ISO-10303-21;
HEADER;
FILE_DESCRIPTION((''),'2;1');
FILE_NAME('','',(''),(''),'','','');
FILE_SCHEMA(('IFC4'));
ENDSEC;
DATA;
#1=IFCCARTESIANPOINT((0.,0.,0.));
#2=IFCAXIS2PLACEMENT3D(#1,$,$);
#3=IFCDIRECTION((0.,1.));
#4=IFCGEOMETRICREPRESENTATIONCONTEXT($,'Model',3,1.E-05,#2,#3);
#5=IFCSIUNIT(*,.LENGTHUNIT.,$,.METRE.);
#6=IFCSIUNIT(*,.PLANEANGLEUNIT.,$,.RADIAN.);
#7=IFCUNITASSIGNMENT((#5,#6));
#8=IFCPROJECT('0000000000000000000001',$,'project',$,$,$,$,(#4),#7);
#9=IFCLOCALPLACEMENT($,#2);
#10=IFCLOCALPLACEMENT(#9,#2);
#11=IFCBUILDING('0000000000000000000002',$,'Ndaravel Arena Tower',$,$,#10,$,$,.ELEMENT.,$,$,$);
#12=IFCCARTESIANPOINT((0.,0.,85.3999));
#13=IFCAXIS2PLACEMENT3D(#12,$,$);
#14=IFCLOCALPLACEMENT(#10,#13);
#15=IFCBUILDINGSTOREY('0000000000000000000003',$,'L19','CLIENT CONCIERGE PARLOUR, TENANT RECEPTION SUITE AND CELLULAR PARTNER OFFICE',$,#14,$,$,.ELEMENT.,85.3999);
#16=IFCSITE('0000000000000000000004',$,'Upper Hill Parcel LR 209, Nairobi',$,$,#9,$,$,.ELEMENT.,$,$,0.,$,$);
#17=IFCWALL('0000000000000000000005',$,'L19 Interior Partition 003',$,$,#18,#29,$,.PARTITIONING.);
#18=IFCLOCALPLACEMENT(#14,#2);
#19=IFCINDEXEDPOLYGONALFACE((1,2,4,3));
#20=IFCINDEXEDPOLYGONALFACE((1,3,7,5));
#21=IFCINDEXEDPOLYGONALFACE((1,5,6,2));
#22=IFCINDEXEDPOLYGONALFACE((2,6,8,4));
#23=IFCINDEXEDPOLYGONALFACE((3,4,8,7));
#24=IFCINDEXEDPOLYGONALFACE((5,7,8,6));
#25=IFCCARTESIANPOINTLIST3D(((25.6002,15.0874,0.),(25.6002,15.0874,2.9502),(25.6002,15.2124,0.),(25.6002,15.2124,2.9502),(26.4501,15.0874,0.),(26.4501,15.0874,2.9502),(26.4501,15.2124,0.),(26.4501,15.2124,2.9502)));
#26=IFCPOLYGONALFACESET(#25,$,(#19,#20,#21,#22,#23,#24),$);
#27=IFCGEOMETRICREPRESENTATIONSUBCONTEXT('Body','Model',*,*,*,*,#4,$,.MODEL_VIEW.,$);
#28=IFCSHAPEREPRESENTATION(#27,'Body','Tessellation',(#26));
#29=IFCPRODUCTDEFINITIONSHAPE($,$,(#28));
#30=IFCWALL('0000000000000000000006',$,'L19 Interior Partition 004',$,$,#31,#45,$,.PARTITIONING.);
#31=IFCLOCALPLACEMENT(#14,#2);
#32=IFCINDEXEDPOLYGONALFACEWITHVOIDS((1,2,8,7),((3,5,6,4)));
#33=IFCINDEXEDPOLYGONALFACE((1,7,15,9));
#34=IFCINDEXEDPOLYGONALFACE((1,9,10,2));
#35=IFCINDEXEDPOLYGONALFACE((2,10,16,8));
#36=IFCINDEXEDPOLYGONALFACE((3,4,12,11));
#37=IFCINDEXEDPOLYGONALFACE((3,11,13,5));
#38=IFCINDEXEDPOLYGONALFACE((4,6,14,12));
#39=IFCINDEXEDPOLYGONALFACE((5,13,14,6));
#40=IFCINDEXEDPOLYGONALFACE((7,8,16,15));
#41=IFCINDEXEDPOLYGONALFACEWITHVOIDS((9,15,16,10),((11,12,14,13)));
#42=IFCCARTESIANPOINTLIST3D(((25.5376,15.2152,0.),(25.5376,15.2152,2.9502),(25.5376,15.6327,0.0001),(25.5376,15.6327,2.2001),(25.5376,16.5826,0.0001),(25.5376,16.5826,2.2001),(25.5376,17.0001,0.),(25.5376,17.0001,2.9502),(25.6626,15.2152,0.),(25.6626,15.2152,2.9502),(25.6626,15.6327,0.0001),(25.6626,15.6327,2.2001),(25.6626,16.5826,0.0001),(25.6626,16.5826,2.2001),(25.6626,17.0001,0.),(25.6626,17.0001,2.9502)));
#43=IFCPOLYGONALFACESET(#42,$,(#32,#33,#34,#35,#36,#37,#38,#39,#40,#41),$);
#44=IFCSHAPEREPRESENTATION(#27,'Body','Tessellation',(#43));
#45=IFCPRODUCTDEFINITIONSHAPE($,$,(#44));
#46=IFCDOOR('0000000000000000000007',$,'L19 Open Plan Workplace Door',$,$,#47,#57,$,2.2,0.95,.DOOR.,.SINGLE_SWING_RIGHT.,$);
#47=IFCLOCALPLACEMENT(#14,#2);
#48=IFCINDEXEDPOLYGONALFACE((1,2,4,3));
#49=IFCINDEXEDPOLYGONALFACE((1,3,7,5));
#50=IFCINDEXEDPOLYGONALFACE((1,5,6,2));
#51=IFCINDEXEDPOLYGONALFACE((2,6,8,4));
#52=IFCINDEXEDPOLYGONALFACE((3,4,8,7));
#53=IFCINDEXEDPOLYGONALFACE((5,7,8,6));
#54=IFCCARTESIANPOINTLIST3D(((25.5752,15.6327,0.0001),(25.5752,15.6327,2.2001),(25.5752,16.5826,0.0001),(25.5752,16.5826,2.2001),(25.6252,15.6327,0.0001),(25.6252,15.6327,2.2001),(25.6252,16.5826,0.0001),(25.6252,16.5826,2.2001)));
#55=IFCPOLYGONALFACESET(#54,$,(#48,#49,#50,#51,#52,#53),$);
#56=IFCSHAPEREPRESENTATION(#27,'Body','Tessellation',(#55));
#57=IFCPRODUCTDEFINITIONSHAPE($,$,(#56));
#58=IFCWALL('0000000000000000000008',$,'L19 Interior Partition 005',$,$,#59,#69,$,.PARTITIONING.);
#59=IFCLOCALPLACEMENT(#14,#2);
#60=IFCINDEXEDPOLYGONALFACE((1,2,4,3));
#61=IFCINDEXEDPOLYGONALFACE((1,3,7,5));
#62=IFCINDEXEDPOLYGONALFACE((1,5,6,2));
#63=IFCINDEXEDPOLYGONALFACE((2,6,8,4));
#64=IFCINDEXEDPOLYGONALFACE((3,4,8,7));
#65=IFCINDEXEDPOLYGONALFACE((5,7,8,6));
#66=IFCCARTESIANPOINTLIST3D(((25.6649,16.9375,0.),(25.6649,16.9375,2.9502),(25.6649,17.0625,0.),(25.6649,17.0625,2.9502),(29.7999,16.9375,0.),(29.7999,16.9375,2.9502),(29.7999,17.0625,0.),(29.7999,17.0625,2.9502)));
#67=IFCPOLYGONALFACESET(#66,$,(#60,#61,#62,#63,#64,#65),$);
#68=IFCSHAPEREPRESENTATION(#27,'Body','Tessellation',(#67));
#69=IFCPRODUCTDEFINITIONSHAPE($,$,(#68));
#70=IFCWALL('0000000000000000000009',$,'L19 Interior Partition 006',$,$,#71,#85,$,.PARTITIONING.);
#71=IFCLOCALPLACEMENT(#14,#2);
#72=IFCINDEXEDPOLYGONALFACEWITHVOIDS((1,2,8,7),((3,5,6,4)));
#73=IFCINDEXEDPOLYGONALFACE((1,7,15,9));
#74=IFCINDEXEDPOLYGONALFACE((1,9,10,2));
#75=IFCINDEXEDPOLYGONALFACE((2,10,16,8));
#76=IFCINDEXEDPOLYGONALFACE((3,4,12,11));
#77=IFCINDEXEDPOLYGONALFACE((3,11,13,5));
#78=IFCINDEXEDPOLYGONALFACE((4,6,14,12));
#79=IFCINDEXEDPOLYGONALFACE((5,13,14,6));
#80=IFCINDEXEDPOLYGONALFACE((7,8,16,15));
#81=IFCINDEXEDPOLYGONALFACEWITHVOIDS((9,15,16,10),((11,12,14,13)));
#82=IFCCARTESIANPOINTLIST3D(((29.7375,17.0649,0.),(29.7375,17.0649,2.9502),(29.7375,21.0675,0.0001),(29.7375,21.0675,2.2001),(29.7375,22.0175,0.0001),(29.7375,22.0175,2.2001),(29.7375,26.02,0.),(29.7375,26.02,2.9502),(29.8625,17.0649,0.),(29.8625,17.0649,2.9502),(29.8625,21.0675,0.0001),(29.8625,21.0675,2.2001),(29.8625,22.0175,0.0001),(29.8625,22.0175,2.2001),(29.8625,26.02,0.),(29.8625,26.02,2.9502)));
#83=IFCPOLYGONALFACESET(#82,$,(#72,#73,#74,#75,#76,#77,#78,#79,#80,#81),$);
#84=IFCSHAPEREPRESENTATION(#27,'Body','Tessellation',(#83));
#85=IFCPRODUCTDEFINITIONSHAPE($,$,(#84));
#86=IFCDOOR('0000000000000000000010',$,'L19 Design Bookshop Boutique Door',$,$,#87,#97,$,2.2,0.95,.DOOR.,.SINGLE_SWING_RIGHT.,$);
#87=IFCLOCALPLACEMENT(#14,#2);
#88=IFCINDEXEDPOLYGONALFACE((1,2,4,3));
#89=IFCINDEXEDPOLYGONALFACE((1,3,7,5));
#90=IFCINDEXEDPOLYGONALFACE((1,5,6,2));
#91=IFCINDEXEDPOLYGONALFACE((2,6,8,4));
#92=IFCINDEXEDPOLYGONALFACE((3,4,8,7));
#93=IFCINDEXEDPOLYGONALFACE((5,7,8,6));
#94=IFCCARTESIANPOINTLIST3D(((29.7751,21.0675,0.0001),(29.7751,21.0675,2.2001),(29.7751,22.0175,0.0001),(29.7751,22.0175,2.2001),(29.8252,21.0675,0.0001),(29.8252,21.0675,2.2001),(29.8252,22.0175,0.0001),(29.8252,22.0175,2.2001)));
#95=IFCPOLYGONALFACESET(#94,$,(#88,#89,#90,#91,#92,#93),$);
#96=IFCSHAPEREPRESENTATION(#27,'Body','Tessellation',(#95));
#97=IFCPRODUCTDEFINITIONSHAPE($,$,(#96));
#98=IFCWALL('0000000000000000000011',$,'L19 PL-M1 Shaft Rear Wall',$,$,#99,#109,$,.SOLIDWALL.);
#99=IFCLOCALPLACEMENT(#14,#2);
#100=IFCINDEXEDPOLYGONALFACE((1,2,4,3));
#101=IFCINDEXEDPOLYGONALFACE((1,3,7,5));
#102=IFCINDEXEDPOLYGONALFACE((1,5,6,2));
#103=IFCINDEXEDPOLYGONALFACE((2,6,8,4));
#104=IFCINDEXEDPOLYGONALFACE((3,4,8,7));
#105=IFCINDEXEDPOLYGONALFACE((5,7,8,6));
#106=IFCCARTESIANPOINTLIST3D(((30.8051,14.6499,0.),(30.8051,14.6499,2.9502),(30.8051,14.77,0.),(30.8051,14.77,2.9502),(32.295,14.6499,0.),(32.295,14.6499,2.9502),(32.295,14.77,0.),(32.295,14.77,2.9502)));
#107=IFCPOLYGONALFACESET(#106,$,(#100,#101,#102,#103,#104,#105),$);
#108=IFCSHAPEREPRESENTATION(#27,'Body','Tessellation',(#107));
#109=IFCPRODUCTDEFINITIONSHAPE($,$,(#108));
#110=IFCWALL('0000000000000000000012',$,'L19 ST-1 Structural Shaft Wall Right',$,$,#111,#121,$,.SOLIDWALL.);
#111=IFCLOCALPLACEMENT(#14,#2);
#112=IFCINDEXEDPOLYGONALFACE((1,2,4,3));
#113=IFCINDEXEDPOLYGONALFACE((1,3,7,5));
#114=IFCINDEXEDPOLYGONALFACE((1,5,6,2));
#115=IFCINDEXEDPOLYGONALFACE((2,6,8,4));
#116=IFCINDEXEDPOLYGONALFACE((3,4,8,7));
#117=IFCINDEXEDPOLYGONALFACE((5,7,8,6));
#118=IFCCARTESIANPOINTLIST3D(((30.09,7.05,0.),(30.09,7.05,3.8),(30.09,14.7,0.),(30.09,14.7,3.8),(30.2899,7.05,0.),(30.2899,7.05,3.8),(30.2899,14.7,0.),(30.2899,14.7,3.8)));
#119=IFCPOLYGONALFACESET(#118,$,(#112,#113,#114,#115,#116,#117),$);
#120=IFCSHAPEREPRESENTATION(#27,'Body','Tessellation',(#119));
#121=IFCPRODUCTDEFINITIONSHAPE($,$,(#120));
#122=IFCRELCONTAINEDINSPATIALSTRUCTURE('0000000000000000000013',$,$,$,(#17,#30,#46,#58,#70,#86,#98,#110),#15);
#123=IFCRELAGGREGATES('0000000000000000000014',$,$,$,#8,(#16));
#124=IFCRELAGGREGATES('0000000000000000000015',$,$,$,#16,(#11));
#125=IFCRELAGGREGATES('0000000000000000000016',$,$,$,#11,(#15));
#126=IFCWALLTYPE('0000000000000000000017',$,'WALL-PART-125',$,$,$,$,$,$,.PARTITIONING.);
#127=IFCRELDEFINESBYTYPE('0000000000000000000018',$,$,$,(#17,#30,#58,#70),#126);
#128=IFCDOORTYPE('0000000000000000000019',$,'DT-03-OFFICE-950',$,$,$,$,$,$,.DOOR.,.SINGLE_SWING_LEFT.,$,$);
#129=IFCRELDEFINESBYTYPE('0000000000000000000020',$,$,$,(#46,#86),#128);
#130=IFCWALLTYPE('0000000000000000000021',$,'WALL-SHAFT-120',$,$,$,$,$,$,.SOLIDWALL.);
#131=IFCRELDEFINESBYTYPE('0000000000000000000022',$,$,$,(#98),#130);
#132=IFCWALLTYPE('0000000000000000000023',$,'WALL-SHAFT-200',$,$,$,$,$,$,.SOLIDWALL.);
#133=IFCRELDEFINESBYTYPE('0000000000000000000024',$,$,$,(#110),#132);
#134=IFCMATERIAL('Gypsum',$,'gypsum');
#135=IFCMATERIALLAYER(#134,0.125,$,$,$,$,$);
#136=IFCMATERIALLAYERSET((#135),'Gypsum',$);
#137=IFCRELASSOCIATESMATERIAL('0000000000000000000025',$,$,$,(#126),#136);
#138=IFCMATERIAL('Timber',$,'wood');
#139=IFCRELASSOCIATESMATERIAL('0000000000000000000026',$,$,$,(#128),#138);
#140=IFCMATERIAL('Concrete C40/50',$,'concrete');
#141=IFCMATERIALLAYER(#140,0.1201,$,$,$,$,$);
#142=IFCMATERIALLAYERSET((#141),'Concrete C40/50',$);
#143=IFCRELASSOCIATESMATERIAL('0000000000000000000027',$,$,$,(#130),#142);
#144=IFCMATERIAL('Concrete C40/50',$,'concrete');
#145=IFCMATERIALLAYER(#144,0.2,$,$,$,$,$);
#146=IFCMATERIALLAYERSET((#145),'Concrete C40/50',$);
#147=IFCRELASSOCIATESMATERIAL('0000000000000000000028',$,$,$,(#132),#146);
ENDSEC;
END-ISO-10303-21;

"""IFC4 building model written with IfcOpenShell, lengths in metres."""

from ifc_helpers import new_model, si_unit, direction, frame, frame_2d, origin, place, context, subcontext, project, spatial, rectangle, extrude, material, layer, layer_set, type_object, element, fill, save


model = new_model("IFC4")

# Units and contexts
model_context = context("Model", 3, precision=1e-05, world=origin(), true_north=direction((0.0, 1.0)))
body_context = subcontext(model_context, "Body", "Model", "MODEL_VIEW")
ifc_project = project(units=[si_unit("LENGTHUNIT", "METRE"), si_unit("PLANEANGLEUNIT", "RADIAN")], contexts=[model_context])

# Site, building, storey
site_placement = place(None, origin())
site = spatial("IfcSite", under=ifc_project, at=site_placement, Name="Upper Hill Parcel LR 209, Nairobi", CompositionType="ELEMENT", RefElevation=0.0)
building_placement = place(site_placement, origin())
building = spatial("IfcBuilding", under=site, at=building_placement, Name="Ndaravel Arena Tower", CompositionType="ELEMENT")
storey_placement = place(building_placement, frame((0.0, 0.0, 85.3999)))
storey = spatial("IfcBuildingStorey", under=building, at=storey_placement, Name="L19", Description="CLIENT CONCIERGE PARLOUR, TENANT RECEPTION SUITE AND CELLULAR PARTNER OFFICE", CompositionType="ELEMENT", Elevation=85.3999)

# Wall
ifc_material_1 = material(Name="Gypsum", Category="gypsum")
ifc_layer_1 = layer(ifc_material_1, 0.125)
ifc_layer_set_1 = layer_set([ifc_layer_1], Name="Gypsum")
wall_type_1 = type_object("IfcWallType", Name="WALL-PART-125", PredefinedType="PARTITIONING", material=ifc_layer_set_1)
wall_1_placement = place(storey_placement, frame((26.45, 15.1499, 0.0), z_axis=(0.0, 0.0, 1.0), x_axis=(-1.0, 0.0, 0.0)))
element("IfcWall", 1, at=wall_1_placement, inside=storey, type_object=wall_type_1, Name="L19 Interior Partition 003", PredefinedType="PARTITIONING", context=body_context, shape_type="SweptSolid", body=[
    extrude(rectangle(XDim=0.8499, YDim=0.125, at=frame_2d((0.4248, 0.0))), origin(), (0.0, 0.0, 1.0), 2.9502),
])

# Wall, opening, door
wall_2_placement = place(storey_placement, frame((25.6001, 15.2151, 0.0), z_axis=(0.0, 0.0, 1.0), x_axis=(0.0, 1.0, 0.0)))
wall_2 = element("IfcWall", 2, at=wall_2_placement, inside=storey, type_object=wall_type_1, Name="L19 Interior Partition 004", PredefinedType="PARTITIONING", context=body_context, shape_type="SweptSolid", body=[
    extrude(rectangle(XDim=1.7849, YDim=0.125, at=frame_2d((0.8926, 0.0))), origin(), (0.0, 0.0, 1.0), 2.9502),
])
opening_1_placement = place(wall_2_placement, frame((0.4175, 0.0, 0.0)))
opening_1 = element("IfcOpeningElement", 3, at=opening_1_placement, cuts=wall_2, PredefinedType="OPENING", context=body_context, shape_type="SweptSolid", body=[
    extrude(rectangle(XDim=0.95, YDim=2.2, at=frame_2d((0.4751, 1.1001))), frame((0.0, 0.0625, 0.0), z_axis=(0.0, -1.0, 0.0), x_axis=(1.0, 0.0, 0.0)), (0.0, 0.0, 1.0), 0.125),
])
ifc_material_2 = material(Name="Timber", Category="wood")
door_type_1 = type_object("IfcDoorType", Name="DT-03-OFFICE-950", OperationType="SINGLE_SWING_LEFT", PredefinedType="DOOR", material=ifc_material_2)
door_1_placement = place(opening_1_placement, origin())
door_1 = element("IfcDoor", 4, at=door_1_placement, inside=storey, type_object=door_type_1, Name="L19 Open Plan Workplace Door", OperationType="SINGLE_SWING_RIGHT", OverallHeight=2.2, OverallWidth=0.95, PredefinedType="DOOR", context=body_context, shape_type="SweptSolid", body=[
    extrude(rectangle(XDim=0.95, YDim=2.2, at=frame_2d((0.4751, 1.1001))), frame((0.0, 0.0249, 0.0), z_axis=(0.0, -1.0, 0.0), x_axis=(1.0, 0.0, 0.0)), (0.0, 0.0, 1.0), 0.05),
])
fill(opening_1, door_1)

# Wall
wall_3_placement = place(storey_placement, frame((25.665, 17.0, 0.0), z_axis=(0.0, 0.0, 1.0), x_axis=(1.0, 0.0, 0.0)))
element("IfcWall", 5, at=wall_3_placement, inside=storey, type_object=wall_type_1, Name="L19 Interior Partition 005", PredefinedType="PARTITIONING", context=body_context, shape_type="SweptSolid", body=[
    extrude(rectangle(XDim=4.135, YDim=0.125, at=frame_2d((2.0674, 0.0))), origin(), (0.0, 0.0, 1.0), 2.9502),
])

# Wall, opening, door
wall_4_placement = place(storey_placement, frame((29.8, 17.0649, 0.0), z_axis=(0.0, 0.0, 1.0), x_axis=(0.0, 1.0, 0.0)))
wall_4 = element("IfcWall", 6, at=wall_4_placement, inside=storey, type_object=wall_type_1, Name="L19 Interior Partition 006", PredefinedType="PARTITIONING", context=body_context, shape_type="SweptSolid", body=[
    extrude(rectangle(XDim=8.9551, YDim=0.125, at=frame_2d((4.4775, 0.0))), origin(), (0.0, 0.0, 1.0), 2.9502),
])
opening_2_placement = place(wall_4_placement, frame((4.0024, 0.0, 0.0)))
opening_2 = element("IfcOpeningElement", 7, at=opening_2_placement, cuts=wall_4, PredefinedType="OPENING", context=body_context, shape_type="SweptSolid", body=[
    extrude(rectangle(XDim=0.95, YDim=2.2, at=frame_2d((0.4751, 1.1001))), frame((0.0, 0.0625, 0.0), z_axis=(0.0, -1.0, 0.0), x_axis=(1.0, 0.0, 0.0)), (0.0, 0.0, 1.0), 0.125),
])
door_2_placement = place(opening_2_placement, origin())
door_2 = element("IfcDoor", 8, at=door_2_placement, inside=storey, type_object=door_type_1, Name="L19 Design Bookshop Boutique Door", OperationType="SINGLE_SWING_RIGHT", OverallHeight=2.2, OverallWidth=0.95, PredefinedType="DOOR", context=body_context, shape_type="SweptSolid", body=[
    extrude(rectangle(XDim=0.95, YDim=2.2, at=frame_2d((0.4751, 1.1001))), frame((0.0, 0.0249, 0.0), z_axis=(0.0, -1.0, 0.0), x_axis=(1.0, 0.0, 0.0)), (0.0, 0.0, 1.0), 0.05),
])
fill(opening_2, door_2)

# Walls
ifc_material_3 = material(Name="Concrete C40/50", Category="concrete")
ifc_layer_2 = layer(ifc_material_3, 0.1201)
ifc_layer_set_2 = layer_set([ifc_layer_2], Name="Concrete C40/50")
wall_type_2 = type_object("IfcWallType", Name="WALL-SHAFT-120", PredefinedType="SOLIDWALL", material=ifc_layer_set_2)
wall_5_placement = place(storey_placement, frame((30.8049, 14.71, 0.0), z_axis=(0.0, 0.0, 1.0), x_axis=(1.0, 0.0, 0.0)))
element("IfcWall", 9, at=wall_5_placement, inside=storey, type_object=wall_type_2, Name="L19 PL-M1 Shaft Rear Wall", PredefinedType="SOLIDWALL", context=body_context, shape_type="SweptSolid", body=[
    extrude(rectangle(XDim=1.49, YDim=0.1201, at=frame_2d((0.7451, 0.0))), origin(), (0.0, 0.0, 1.0), 2.9502),
])
ifc_material_4 = material(Name="Concrete C40/50", Category="concrete")
ifc_layer_3 = layer(ifc_material_4, 0.2)
ifc_layer_set_3 = layer_set([ifc_layer_3], Name="Concrete C40/50")
wall_type_3 = type_object("IfcWallType", Name="WALL-SHAFT-200", PredefinedType="SOLIDWALL", material=ifc_layer_set_3)
wall_6_placement = place(storey_placement, frame((30.1899, 14.7, 0.0), z_axis=(0.0, 0.0, 1.0), x_axis=(0.0, -1.0, 0.0)))
element("IfcWall", 10, at=wall_6_placement, inside=storey, type_object=wall_type_3, Name="L19 ST-1 Structural Shaft Wall Right", PredefinedType="SOLIDWALL", context=body_context, shape_type="SweptSolid", body=[
    extrude(rectangle(XDim=7.6499, YDim=0.2, at=frame_2d((3.825, 0.0))), origin(), (0.0, 0.0, 1.0), 3.8),
])

save(model, "model.ifc")
